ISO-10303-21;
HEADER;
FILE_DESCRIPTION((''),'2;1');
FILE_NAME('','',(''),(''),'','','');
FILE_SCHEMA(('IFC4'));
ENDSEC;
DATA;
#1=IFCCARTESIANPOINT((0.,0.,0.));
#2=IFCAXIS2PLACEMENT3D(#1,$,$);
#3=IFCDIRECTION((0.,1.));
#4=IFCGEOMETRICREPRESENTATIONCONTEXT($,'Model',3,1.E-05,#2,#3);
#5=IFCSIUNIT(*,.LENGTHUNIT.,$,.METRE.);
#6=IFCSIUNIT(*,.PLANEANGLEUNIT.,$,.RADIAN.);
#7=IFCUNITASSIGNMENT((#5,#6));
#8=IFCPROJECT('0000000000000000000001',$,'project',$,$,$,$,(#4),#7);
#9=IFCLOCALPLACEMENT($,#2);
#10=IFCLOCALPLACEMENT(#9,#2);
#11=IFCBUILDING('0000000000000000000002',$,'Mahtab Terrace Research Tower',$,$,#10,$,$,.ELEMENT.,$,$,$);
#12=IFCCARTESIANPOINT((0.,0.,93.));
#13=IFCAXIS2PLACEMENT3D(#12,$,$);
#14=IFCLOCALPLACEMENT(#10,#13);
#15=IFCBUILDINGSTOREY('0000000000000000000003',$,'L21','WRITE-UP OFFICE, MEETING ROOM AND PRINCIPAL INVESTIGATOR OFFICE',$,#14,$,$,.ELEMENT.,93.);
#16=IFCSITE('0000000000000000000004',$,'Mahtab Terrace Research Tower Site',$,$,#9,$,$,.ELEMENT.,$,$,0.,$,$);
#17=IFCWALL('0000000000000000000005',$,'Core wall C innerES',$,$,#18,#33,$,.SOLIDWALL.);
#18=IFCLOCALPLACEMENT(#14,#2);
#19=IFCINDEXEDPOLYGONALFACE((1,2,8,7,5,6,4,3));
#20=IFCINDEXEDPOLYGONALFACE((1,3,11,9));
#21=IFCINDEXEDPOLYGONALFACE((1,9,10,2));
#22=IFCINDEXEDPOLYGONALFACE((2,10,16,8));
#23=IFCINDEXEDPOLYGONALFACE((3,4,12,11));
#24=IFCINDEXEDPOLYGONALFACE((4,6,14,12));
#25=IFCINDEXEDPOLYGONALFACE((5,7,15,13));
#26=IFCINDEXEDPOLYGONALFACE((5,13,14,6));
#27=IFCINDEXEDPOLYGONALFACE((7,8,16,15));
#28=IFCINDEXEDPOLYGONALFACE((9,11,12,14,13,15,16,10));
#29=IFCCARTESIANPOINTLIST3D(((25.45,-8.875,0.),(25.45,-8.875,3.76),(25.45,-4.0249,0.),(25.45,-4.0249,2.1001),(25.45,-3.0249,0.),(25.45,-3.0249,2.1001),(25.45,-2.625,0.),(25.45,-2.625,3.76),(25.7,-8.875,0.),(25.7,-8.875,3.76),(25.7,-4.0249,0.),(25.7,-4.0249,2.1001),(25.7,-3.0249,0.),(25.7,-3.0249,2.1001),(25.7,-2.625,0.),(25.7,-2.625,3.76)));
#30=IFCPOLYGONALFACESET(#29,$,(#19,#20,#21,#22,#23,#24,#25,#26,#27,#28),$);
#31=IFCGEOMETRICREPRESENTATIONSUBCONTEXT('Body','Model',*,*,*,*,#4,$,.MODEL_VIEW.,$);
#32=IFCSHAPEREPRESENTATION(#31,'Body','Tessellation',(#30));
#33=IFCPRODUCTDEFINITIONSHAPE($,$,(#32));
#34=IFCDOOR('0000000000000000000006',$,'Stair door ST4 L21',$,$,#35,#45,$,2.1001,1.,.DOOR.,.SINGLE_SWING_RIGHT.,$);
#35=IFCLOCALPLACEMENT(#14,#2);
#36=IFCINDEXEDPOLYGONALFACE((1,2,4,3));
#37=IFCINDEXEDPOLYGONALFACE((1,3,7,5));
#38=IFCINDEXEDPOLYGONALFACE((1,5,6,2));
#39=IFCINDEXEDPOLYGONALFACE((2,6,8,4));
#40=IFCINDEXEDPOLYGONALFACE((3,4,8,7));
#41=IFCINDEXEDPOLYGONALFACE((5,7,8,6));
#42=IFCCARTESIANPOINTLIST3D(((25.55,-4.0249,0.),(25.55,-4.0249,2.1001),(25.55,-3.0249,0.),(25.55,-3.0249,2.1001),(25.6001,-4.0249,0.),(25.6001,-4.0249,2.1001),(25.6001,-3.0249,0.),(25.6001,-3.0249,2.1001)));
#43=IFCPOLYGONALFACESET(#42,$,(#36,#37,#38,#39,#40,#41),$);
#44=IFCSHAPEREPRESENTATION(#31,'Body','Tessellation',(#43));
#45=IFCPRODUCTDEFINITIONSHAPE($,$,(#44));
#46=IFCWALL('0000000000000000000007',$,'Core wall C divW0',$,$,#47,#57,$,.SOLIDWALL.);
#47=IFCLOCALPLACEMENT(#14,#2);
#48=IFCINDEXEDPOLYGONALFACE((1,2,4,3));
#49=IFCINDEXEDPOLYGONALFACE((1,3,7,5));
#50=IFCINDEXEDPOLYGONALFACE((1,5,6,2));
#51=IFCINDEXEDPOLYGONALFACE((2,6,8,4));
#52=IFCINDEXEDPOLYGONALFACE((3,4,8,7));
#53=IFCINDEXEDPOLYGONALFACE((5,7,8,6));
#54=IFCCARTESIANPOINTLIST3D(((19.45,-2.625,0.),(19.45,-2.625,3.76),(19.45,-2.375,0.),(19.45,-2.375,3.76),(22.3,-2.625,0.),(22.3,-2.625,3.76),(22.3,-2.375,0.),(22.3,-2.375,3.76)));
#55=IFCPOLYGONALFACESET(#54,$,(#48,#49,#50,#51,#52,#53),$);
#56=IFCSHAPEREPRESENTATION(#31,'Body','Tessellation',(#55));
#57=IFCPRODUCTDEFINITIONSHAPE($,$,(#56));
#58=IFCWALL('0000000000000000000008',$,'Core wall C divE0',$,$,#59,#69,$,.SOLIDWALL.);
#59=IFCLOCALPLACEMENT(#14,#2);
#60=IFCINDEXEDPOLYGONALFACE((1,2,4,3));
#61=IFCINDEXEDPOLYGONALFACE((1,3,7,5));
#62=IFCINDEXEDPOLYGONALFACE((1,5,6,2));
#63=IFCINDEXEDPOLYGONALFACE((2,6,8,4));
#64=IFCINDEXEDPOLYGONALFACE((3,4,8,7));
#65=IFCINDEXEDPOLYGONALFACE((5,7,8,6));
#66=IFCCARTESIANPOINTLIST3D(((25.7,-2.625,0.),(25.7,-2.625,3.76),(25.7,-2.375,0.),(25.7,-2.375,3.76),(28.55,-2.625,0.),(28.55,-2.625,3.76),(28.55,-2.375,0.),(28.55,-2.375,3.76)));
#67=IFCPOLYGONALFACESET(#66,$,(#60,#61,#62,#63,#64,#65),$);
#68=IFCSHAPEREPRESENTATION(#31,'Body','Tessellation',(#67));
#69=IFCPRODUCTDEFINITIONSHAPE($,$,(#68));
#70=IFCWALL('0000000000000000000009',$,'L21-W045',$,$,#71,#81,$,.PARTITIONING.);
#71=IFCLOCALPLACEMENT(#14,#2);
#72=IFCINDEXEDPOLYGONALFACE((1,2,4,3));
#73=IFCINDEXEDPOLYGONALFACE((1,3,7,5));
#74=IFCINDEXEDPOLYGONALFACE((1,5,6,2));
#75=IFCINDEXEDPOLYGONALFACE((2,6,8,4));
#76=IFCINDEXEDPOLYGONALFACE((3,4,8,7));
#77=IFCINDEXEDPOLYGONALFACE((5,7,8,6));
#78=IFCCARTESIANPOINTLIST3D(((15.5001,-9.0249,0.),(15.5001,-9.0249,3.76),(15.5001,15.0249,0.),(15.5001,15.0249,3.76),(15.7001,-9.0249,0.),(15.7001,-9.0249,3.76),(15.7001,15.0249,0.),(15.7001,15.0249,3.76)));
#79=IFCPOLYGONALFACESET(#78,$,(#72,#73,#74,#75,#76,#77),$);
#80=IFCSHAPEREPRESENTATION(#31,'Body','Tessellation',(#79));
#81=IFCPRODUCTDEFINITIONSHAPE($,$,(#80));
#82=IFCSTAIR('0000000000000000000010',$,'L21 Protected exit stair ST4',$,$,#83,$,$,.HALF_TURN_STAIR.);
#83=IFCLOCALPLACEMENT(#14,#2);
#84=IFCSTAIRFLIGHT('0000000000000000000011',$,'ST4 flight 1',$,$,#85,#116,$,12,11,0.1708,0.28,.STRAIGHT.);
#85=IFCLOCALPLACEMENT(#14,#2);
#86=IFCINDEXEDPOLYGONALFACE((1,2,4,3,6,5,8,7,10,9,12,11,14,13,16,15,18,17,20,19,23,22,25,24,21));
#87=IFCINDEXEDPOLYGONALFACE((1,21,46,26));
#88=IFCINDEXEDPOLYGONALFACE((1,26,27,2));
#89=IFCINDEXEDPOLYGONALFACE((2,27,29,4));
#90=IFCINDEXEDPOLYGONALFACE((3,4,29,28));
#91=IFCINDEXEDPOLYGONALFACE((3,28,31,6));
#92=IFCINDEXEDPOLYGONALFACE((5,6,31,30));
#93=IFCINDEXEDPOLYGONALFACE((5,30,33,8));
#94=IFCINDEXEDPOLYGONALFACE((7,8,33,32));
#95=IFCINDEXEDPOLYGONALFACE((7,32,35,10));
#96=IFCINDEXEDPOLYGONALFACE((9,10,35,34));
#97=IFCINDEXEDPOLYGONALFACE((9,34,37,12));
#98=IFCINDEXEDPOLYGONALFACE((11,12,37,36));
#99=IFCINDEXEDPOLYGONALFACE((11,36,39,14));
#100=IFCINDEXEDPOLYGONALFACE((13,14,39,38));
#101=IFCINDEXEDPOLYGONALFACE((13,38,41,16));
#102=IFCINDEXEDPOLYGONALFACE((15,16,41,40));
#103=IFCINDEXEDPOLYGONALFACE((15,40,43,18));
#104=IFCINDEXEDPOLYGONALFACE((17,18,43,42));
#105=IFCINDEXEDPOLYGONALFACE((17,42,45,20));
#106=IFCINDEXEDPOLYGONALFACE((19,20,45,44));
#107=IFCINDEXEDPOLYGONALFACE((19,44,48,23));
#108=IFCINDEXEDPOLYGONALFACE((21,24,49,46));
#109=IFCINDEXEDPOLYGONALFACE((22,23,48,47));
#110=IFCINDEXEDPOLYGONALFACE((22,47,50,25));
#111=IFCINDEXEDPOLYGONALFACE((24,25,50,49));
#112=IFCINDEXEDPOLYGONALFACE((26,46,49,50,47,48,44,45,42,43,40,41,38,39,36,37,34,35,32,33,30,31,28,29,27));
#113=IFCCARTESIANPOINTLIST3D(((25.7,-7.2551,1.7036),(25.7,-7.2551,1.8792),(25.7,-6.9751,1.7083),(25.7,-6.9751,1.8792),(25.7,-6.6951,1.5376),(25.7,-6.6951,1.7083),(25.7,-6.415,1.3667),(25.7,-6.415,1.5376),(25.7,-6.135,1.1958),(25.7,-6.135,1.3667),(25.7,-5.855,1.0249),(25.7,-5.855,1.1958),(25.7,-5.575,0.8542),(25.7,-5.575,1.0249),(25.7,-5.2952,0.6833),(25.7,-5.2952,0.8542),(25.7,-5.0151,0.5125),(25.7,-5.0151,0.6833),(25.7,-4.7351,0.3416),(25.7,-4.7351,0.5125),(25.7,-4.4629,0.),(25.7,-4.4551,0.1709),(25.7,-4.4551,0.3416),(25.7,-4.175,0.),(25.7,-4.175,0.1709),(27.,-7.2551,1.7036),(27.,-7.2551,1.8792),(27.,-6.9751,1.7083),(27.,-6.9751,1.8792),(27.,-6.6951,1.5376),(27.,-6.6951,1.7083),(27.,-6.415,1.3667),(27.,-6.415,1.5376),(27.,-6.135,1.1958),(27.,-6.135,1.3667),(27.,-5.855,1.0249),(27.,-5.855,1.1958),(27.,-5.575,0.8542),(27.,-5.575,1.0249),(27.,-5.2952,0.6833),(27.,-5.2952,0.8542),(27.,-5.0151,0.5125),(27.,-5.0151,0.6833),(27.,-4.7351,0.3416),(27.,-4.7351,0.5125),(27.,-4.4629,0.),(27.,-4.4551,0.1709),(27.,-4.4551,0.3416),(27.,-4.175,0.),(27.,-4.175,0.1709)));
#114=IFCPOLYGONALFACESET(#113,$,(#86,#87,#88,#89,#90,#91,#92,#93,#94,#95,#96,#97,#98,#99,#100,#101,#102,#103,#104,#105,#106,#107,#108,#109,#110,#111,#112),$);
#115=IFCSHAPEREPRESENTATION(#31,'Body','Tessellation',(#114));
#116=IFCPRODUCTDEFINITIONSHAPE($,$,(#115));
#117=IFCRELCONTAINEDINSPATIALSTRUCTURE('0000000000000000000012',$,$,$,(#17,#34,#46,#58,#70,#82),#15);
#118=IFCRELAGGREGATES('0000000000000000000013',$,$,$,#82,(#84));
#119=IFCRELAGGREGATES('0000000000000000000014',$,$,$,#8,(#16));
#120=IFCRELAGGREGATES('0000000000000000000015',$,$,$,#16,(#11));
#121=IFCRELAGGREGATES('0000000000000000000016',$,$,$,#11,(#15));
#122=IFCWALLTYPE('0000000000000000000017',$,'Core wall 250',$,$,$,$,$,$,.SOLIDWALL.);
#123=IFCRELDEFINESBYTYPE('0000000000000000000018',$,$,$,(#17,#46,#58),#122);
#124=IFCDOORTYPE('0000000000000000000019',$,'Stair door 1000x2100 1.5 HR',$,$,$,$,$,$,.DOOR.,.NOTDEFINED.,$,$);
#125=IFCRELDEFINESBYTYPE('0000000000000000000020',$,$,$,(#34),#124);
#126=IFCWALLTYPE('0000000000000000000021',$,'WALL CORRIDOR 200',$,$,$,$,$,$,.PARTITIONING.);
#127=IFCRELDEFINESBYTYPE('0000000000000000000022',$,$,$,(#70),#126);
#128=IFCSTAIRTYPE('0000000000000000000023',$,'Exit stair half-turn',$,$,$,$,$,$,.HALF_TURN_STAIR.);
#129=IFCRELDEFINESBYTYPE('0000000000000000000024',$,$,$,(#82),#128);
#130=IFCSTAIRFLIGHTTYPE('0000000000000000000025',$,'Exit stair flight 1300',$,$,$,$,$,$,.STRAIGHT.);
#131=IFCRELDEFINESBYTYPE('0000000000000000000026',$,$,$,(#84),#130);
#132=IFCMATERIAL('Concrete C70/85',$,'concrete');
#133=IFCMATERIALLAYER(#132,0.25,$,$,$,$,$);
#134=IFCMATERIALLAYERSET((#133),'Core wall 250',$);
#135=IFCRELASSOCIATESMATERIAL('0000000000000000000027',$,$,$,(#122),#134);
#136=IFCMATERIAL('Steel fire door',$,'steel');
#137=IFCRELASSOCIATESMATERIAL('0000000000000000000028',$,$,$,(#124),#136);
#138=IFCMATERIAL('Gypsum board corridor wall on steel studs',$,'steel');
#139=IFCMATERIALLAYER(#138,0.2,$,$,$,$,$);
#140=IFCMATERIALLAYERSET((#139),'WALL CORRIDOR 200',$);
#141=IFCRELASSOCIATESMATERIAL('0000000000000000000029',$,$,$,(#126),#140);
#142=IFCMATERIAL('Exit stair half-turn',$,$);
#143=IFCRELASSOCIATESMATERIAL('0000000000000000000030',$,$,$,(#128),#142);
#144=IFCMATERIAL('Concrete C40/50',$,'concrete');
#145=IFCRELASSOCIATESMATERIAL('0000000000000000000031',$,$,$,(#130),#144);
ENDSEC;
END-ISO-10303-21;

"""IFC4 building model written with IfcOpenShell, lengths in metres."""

from ifc_helpers import new_model, si_unit, direction, frame, frame_2d, origin, place, context, subcontext, project, spatial, polyline, rectangle, outline, extrude, material, layer, layer_set, type_object, element, fill, aggregate, save


model = new_model("IFC4")

# Units and contexts
model_context = context("Model", 3, precision=1e-05, world=origin(), true_north=direction((0.0, 1.0)))
body_context = subcontext(model_context, "Body", "Model", "MODEL_VIEW")
ifc_project = project(units=[si_unit("LENGTHUNIT", "METRE"), si_unit("PLANEANGLEUNIT", "RADIAN")], contexts=[model_context])

# Site, building, storey
site_placement = place(None, origin())
site = spatial("IfcSite", under=ifc_project, at=site_placement, Name="Mahtab Terrace Research Tower Site", CompositionType="ELEMENT", RefElevation=0.0)
building_placement = place(site_placement, origin())
building = spatial("IfcBuilding", under=site, at=building_placement, Name="Mahtab Terrace Research Tower", CompositionType="ELEMENT")
storey_placement = place(building_placement, frame((0.0, 0.0, 93.0)))
storey = spatial("IfcBuildingStorey", under=building, at=storey_placement, Name="L21", Description="WRITE-UP OFFICE, MEETING ROOM AND PRINCIPAL INVESTIGATOR OFFICE", CompositionType="ELEMENT", Elevation=93.0)

# Shared definitions
ifc_material_1 = material(Name="Concrete C70/85", Category="concrete")
ifc_layer_1 = layer(ifc_material_1, 0.25)
ifc_layer_set_1 = layer_set([ifc_layer_1], Name="Core wall 250")
wall_type_1 = type_object("IfcWallType", Name="Core wall 250", PredefinedType="SOLIDWALL", material=ifc_layer_set_1)
ifc_material_2 = material(Name="Steel fire door", Category="steel")

# Wall, opening, door
wall_1_placement = place(storey_placement, frame((25.575, -8.875, 0.0), z_axis=(0.0, 0.0, 1.0), x_axis=(0.0, 1.0, 0.0)))
wall_1 = element("IfcWall", 1, at=wall_1_placement, inside=storey, type_object=wall_type_1, Name="Core wall C innerES", PredefinedType="SOLIDWALL", context=body_context, shape_type="SweptSolid", body=[
    extrude(rectangle(XDim=6.25, YDim=0.25, at=frame_2d((3.125, 0.0))), origin(), (0.0, 0.0, 1.0), 3.76),
])
opening_1_placement = place(wall_1_placement, frame((4.8501, 0.0, 0.0)))
opening_1 = element("IfcOpeningElement", 2, at=opening_1_placement, cuts=wall_1, PredefinedType="OPENING", context=body_context, shape_type="SweptSolid", body=[
    extrude(rectangle(XDim=1.0, YDim=2.1001, at=frame_2d((0.5, 1.05))), frame((0.0, 0.135, 0.0), z_axis=(0.0, -1.0, 0.0), x_axis=(1.0, 0.0, 0.0)), (0.0, 0.0, 1.0), 0.27),
])
door_type_1 = type_object("IfcDoorType", Name="Stair door 1000x2100 1.5 HR", OperationType="NOTDEFINED", PredefinedType="DOOR", material=ifc_material_2)
door_1_placement = place(opening_1_placement, origin())
door_1 = element("IfcDoor", 3, at=door_1_placement, inside=storey, type_object=door_type_1, Name="Stair door ST4 L21", OperationType="SINGLE_SWING_RIGHT", OverallHeight=2.1001, OverallWidth=1.0, PredefinedType="DOOR", context=body_context, shape_type="SweptSolid", body=[
    extrude(rectangle(XDim=1.0, YDim=2.1001, at=frame_2d((0.5, 1.05))), frame((0.0, 0.0249, 0.0), z_axis=(0.0, -1.0, 0.0), x_axis=(1.0, 0.0, 0.0)), (0.0, 0.0, 1.0), 0.05),
])
fill(opening_1, door_1)

# Walls
for number, where, z_axis, x_axis, name in (
    (4, (19.45, -2.5, 0.0), (0.0, 0.0, 1.0), (1.0, 0.0, 0.0), "Core wall C divW0"),
    (5, (25.7, -2.5, 0.0), (0.0, 0.0, 1.0), (1.0, 0.0, 0.0), "Core wall C divE0"),
):
    element("IfcWall", number, at=place(storey_placement, frame(where, z_axis=z_axis, x_axis=x_axis)), inside=storey, type_object=wall_type_1, Name=name, PredefinedType="SOLIDWALL", context=body_context, shape_type="SweptSolid", body=[
        extrude(rectangle(XDim=2.8501, YDim=0.25, at=frame_2d((1.425, 0.0))), origin(), (0.0, 0.0, 1.0), 3.76),
    ])
ifc_material_3 = material(Name="Gypsum board corridor wall on steel studs", Category="steel")
ifc_layer_2 = layer(ifc_material_3, 0.2)
ifc_layer_set_2 = layer_set([ifc_layer_2], Name="WALL CORRIDOR 200")
wall_type_2 = type_object("IfcWallType", Name="WALL CORRIDOR 200", PredefinedType="PARTITIONING", material=ifc_layer_set_2)
wall_2_placement = place(storey_placement, frame((15.6001, -9.0249, 0.0), z_axis=(0.0, 0.0, 1.0), x_axis=(0.0, 1.0, 0.0)))
element("IfcWall", 6, at=wall_2_placement, inside=storey, type_object=wall_type_2, Name="L21-W045", PredefinedType="PARTITIONING", context=body_context, shape_type="SweptSolid", body=[
    extrude(rectangle(XDim=24.0498, YDim=0.2, at=frame_2d((12.0249, 0.0))), origin(), (0.0, 0.0, 1.0), 3.76),
])

# Stair, stair flight
ifc_material_4 = material(Name="Exit stair half-turn")
stair_type = type_object("IfcStairType", Name="Exit stair half-turn", PredefinedType="HALF_TURN_STAIR", material=ifc_material_4)
stair_placement = place(storey_placement, origin())
stair = element("IfcStair", 7, at=stair_placement, inside=storey, type_object=stair_type, Name="L21 Protected exit stair ST4", PredefinedType="HALF_TURN_STAIR")
ifc_material_5 = material(Name="Concrete C40/50", Category="concrete")
stair_flight_type = type_object("IfcStairFlightType", Name="Exit stair flight 1300", PredefinedType="STRAIGHT", material=ifc_material_5)
stair_flight_placement = place(storey_placement, frame((26.3501, -4.175, 0.0), z_axis=(0.0, 0.0, 1.0), x_axis=(0.0, -1.0, 0.0)))
stair_flight = element("IfcStairFlight", 8, at=stair_flight_placement, type_object=stair_flight_type, Name="ST4 flight 1", NumberOfRisers=12, NumberOfTreads=11, PredefinedType="STRAIGHT", RiserHeight=0.1708, TreadLength=0.28, context=body_context, shape_type="SweptSolid", body=[
    extrude(outline(polyline([(0.0, 0.0), (0.0, 0.1709), (0.28, 0.1709), (0.28, 0.3416), (0.5601, 0.3416), (0.5601, 0.5125), (0.8401, 0.5125), (0.8401, 0.6833), (1.1201, 0.6833), (1.1201, 0.8542), (1.3999, 0.8542), (1.3999, 1.0249), (1.6799, 1.0249), (1.6799, 1.1958), (1.96, 1.1958), (1.96, 1.3667), (2.24, 1.3667), (2.24, 1.5376), (2.52, 1.5376), (2.52, 1.7083), (2.8, 1.7083), (2.8, 1.8792), (3.0801, 1.8792), (3.0801, 2.05), (3.0801, 1.7036), (0.2878, 0.0), (0.0, 0.0)])), frame((0.0, 0.6499, 0.0), z_axis=(0.0, -1.0, 0.0), x_axis=(1.0, 0.0, 0.0)), (0.0, 0.0, 1.0), 1.3),
])
aggregate(stair, [stair_flight])

save(model, "model.ifc")
